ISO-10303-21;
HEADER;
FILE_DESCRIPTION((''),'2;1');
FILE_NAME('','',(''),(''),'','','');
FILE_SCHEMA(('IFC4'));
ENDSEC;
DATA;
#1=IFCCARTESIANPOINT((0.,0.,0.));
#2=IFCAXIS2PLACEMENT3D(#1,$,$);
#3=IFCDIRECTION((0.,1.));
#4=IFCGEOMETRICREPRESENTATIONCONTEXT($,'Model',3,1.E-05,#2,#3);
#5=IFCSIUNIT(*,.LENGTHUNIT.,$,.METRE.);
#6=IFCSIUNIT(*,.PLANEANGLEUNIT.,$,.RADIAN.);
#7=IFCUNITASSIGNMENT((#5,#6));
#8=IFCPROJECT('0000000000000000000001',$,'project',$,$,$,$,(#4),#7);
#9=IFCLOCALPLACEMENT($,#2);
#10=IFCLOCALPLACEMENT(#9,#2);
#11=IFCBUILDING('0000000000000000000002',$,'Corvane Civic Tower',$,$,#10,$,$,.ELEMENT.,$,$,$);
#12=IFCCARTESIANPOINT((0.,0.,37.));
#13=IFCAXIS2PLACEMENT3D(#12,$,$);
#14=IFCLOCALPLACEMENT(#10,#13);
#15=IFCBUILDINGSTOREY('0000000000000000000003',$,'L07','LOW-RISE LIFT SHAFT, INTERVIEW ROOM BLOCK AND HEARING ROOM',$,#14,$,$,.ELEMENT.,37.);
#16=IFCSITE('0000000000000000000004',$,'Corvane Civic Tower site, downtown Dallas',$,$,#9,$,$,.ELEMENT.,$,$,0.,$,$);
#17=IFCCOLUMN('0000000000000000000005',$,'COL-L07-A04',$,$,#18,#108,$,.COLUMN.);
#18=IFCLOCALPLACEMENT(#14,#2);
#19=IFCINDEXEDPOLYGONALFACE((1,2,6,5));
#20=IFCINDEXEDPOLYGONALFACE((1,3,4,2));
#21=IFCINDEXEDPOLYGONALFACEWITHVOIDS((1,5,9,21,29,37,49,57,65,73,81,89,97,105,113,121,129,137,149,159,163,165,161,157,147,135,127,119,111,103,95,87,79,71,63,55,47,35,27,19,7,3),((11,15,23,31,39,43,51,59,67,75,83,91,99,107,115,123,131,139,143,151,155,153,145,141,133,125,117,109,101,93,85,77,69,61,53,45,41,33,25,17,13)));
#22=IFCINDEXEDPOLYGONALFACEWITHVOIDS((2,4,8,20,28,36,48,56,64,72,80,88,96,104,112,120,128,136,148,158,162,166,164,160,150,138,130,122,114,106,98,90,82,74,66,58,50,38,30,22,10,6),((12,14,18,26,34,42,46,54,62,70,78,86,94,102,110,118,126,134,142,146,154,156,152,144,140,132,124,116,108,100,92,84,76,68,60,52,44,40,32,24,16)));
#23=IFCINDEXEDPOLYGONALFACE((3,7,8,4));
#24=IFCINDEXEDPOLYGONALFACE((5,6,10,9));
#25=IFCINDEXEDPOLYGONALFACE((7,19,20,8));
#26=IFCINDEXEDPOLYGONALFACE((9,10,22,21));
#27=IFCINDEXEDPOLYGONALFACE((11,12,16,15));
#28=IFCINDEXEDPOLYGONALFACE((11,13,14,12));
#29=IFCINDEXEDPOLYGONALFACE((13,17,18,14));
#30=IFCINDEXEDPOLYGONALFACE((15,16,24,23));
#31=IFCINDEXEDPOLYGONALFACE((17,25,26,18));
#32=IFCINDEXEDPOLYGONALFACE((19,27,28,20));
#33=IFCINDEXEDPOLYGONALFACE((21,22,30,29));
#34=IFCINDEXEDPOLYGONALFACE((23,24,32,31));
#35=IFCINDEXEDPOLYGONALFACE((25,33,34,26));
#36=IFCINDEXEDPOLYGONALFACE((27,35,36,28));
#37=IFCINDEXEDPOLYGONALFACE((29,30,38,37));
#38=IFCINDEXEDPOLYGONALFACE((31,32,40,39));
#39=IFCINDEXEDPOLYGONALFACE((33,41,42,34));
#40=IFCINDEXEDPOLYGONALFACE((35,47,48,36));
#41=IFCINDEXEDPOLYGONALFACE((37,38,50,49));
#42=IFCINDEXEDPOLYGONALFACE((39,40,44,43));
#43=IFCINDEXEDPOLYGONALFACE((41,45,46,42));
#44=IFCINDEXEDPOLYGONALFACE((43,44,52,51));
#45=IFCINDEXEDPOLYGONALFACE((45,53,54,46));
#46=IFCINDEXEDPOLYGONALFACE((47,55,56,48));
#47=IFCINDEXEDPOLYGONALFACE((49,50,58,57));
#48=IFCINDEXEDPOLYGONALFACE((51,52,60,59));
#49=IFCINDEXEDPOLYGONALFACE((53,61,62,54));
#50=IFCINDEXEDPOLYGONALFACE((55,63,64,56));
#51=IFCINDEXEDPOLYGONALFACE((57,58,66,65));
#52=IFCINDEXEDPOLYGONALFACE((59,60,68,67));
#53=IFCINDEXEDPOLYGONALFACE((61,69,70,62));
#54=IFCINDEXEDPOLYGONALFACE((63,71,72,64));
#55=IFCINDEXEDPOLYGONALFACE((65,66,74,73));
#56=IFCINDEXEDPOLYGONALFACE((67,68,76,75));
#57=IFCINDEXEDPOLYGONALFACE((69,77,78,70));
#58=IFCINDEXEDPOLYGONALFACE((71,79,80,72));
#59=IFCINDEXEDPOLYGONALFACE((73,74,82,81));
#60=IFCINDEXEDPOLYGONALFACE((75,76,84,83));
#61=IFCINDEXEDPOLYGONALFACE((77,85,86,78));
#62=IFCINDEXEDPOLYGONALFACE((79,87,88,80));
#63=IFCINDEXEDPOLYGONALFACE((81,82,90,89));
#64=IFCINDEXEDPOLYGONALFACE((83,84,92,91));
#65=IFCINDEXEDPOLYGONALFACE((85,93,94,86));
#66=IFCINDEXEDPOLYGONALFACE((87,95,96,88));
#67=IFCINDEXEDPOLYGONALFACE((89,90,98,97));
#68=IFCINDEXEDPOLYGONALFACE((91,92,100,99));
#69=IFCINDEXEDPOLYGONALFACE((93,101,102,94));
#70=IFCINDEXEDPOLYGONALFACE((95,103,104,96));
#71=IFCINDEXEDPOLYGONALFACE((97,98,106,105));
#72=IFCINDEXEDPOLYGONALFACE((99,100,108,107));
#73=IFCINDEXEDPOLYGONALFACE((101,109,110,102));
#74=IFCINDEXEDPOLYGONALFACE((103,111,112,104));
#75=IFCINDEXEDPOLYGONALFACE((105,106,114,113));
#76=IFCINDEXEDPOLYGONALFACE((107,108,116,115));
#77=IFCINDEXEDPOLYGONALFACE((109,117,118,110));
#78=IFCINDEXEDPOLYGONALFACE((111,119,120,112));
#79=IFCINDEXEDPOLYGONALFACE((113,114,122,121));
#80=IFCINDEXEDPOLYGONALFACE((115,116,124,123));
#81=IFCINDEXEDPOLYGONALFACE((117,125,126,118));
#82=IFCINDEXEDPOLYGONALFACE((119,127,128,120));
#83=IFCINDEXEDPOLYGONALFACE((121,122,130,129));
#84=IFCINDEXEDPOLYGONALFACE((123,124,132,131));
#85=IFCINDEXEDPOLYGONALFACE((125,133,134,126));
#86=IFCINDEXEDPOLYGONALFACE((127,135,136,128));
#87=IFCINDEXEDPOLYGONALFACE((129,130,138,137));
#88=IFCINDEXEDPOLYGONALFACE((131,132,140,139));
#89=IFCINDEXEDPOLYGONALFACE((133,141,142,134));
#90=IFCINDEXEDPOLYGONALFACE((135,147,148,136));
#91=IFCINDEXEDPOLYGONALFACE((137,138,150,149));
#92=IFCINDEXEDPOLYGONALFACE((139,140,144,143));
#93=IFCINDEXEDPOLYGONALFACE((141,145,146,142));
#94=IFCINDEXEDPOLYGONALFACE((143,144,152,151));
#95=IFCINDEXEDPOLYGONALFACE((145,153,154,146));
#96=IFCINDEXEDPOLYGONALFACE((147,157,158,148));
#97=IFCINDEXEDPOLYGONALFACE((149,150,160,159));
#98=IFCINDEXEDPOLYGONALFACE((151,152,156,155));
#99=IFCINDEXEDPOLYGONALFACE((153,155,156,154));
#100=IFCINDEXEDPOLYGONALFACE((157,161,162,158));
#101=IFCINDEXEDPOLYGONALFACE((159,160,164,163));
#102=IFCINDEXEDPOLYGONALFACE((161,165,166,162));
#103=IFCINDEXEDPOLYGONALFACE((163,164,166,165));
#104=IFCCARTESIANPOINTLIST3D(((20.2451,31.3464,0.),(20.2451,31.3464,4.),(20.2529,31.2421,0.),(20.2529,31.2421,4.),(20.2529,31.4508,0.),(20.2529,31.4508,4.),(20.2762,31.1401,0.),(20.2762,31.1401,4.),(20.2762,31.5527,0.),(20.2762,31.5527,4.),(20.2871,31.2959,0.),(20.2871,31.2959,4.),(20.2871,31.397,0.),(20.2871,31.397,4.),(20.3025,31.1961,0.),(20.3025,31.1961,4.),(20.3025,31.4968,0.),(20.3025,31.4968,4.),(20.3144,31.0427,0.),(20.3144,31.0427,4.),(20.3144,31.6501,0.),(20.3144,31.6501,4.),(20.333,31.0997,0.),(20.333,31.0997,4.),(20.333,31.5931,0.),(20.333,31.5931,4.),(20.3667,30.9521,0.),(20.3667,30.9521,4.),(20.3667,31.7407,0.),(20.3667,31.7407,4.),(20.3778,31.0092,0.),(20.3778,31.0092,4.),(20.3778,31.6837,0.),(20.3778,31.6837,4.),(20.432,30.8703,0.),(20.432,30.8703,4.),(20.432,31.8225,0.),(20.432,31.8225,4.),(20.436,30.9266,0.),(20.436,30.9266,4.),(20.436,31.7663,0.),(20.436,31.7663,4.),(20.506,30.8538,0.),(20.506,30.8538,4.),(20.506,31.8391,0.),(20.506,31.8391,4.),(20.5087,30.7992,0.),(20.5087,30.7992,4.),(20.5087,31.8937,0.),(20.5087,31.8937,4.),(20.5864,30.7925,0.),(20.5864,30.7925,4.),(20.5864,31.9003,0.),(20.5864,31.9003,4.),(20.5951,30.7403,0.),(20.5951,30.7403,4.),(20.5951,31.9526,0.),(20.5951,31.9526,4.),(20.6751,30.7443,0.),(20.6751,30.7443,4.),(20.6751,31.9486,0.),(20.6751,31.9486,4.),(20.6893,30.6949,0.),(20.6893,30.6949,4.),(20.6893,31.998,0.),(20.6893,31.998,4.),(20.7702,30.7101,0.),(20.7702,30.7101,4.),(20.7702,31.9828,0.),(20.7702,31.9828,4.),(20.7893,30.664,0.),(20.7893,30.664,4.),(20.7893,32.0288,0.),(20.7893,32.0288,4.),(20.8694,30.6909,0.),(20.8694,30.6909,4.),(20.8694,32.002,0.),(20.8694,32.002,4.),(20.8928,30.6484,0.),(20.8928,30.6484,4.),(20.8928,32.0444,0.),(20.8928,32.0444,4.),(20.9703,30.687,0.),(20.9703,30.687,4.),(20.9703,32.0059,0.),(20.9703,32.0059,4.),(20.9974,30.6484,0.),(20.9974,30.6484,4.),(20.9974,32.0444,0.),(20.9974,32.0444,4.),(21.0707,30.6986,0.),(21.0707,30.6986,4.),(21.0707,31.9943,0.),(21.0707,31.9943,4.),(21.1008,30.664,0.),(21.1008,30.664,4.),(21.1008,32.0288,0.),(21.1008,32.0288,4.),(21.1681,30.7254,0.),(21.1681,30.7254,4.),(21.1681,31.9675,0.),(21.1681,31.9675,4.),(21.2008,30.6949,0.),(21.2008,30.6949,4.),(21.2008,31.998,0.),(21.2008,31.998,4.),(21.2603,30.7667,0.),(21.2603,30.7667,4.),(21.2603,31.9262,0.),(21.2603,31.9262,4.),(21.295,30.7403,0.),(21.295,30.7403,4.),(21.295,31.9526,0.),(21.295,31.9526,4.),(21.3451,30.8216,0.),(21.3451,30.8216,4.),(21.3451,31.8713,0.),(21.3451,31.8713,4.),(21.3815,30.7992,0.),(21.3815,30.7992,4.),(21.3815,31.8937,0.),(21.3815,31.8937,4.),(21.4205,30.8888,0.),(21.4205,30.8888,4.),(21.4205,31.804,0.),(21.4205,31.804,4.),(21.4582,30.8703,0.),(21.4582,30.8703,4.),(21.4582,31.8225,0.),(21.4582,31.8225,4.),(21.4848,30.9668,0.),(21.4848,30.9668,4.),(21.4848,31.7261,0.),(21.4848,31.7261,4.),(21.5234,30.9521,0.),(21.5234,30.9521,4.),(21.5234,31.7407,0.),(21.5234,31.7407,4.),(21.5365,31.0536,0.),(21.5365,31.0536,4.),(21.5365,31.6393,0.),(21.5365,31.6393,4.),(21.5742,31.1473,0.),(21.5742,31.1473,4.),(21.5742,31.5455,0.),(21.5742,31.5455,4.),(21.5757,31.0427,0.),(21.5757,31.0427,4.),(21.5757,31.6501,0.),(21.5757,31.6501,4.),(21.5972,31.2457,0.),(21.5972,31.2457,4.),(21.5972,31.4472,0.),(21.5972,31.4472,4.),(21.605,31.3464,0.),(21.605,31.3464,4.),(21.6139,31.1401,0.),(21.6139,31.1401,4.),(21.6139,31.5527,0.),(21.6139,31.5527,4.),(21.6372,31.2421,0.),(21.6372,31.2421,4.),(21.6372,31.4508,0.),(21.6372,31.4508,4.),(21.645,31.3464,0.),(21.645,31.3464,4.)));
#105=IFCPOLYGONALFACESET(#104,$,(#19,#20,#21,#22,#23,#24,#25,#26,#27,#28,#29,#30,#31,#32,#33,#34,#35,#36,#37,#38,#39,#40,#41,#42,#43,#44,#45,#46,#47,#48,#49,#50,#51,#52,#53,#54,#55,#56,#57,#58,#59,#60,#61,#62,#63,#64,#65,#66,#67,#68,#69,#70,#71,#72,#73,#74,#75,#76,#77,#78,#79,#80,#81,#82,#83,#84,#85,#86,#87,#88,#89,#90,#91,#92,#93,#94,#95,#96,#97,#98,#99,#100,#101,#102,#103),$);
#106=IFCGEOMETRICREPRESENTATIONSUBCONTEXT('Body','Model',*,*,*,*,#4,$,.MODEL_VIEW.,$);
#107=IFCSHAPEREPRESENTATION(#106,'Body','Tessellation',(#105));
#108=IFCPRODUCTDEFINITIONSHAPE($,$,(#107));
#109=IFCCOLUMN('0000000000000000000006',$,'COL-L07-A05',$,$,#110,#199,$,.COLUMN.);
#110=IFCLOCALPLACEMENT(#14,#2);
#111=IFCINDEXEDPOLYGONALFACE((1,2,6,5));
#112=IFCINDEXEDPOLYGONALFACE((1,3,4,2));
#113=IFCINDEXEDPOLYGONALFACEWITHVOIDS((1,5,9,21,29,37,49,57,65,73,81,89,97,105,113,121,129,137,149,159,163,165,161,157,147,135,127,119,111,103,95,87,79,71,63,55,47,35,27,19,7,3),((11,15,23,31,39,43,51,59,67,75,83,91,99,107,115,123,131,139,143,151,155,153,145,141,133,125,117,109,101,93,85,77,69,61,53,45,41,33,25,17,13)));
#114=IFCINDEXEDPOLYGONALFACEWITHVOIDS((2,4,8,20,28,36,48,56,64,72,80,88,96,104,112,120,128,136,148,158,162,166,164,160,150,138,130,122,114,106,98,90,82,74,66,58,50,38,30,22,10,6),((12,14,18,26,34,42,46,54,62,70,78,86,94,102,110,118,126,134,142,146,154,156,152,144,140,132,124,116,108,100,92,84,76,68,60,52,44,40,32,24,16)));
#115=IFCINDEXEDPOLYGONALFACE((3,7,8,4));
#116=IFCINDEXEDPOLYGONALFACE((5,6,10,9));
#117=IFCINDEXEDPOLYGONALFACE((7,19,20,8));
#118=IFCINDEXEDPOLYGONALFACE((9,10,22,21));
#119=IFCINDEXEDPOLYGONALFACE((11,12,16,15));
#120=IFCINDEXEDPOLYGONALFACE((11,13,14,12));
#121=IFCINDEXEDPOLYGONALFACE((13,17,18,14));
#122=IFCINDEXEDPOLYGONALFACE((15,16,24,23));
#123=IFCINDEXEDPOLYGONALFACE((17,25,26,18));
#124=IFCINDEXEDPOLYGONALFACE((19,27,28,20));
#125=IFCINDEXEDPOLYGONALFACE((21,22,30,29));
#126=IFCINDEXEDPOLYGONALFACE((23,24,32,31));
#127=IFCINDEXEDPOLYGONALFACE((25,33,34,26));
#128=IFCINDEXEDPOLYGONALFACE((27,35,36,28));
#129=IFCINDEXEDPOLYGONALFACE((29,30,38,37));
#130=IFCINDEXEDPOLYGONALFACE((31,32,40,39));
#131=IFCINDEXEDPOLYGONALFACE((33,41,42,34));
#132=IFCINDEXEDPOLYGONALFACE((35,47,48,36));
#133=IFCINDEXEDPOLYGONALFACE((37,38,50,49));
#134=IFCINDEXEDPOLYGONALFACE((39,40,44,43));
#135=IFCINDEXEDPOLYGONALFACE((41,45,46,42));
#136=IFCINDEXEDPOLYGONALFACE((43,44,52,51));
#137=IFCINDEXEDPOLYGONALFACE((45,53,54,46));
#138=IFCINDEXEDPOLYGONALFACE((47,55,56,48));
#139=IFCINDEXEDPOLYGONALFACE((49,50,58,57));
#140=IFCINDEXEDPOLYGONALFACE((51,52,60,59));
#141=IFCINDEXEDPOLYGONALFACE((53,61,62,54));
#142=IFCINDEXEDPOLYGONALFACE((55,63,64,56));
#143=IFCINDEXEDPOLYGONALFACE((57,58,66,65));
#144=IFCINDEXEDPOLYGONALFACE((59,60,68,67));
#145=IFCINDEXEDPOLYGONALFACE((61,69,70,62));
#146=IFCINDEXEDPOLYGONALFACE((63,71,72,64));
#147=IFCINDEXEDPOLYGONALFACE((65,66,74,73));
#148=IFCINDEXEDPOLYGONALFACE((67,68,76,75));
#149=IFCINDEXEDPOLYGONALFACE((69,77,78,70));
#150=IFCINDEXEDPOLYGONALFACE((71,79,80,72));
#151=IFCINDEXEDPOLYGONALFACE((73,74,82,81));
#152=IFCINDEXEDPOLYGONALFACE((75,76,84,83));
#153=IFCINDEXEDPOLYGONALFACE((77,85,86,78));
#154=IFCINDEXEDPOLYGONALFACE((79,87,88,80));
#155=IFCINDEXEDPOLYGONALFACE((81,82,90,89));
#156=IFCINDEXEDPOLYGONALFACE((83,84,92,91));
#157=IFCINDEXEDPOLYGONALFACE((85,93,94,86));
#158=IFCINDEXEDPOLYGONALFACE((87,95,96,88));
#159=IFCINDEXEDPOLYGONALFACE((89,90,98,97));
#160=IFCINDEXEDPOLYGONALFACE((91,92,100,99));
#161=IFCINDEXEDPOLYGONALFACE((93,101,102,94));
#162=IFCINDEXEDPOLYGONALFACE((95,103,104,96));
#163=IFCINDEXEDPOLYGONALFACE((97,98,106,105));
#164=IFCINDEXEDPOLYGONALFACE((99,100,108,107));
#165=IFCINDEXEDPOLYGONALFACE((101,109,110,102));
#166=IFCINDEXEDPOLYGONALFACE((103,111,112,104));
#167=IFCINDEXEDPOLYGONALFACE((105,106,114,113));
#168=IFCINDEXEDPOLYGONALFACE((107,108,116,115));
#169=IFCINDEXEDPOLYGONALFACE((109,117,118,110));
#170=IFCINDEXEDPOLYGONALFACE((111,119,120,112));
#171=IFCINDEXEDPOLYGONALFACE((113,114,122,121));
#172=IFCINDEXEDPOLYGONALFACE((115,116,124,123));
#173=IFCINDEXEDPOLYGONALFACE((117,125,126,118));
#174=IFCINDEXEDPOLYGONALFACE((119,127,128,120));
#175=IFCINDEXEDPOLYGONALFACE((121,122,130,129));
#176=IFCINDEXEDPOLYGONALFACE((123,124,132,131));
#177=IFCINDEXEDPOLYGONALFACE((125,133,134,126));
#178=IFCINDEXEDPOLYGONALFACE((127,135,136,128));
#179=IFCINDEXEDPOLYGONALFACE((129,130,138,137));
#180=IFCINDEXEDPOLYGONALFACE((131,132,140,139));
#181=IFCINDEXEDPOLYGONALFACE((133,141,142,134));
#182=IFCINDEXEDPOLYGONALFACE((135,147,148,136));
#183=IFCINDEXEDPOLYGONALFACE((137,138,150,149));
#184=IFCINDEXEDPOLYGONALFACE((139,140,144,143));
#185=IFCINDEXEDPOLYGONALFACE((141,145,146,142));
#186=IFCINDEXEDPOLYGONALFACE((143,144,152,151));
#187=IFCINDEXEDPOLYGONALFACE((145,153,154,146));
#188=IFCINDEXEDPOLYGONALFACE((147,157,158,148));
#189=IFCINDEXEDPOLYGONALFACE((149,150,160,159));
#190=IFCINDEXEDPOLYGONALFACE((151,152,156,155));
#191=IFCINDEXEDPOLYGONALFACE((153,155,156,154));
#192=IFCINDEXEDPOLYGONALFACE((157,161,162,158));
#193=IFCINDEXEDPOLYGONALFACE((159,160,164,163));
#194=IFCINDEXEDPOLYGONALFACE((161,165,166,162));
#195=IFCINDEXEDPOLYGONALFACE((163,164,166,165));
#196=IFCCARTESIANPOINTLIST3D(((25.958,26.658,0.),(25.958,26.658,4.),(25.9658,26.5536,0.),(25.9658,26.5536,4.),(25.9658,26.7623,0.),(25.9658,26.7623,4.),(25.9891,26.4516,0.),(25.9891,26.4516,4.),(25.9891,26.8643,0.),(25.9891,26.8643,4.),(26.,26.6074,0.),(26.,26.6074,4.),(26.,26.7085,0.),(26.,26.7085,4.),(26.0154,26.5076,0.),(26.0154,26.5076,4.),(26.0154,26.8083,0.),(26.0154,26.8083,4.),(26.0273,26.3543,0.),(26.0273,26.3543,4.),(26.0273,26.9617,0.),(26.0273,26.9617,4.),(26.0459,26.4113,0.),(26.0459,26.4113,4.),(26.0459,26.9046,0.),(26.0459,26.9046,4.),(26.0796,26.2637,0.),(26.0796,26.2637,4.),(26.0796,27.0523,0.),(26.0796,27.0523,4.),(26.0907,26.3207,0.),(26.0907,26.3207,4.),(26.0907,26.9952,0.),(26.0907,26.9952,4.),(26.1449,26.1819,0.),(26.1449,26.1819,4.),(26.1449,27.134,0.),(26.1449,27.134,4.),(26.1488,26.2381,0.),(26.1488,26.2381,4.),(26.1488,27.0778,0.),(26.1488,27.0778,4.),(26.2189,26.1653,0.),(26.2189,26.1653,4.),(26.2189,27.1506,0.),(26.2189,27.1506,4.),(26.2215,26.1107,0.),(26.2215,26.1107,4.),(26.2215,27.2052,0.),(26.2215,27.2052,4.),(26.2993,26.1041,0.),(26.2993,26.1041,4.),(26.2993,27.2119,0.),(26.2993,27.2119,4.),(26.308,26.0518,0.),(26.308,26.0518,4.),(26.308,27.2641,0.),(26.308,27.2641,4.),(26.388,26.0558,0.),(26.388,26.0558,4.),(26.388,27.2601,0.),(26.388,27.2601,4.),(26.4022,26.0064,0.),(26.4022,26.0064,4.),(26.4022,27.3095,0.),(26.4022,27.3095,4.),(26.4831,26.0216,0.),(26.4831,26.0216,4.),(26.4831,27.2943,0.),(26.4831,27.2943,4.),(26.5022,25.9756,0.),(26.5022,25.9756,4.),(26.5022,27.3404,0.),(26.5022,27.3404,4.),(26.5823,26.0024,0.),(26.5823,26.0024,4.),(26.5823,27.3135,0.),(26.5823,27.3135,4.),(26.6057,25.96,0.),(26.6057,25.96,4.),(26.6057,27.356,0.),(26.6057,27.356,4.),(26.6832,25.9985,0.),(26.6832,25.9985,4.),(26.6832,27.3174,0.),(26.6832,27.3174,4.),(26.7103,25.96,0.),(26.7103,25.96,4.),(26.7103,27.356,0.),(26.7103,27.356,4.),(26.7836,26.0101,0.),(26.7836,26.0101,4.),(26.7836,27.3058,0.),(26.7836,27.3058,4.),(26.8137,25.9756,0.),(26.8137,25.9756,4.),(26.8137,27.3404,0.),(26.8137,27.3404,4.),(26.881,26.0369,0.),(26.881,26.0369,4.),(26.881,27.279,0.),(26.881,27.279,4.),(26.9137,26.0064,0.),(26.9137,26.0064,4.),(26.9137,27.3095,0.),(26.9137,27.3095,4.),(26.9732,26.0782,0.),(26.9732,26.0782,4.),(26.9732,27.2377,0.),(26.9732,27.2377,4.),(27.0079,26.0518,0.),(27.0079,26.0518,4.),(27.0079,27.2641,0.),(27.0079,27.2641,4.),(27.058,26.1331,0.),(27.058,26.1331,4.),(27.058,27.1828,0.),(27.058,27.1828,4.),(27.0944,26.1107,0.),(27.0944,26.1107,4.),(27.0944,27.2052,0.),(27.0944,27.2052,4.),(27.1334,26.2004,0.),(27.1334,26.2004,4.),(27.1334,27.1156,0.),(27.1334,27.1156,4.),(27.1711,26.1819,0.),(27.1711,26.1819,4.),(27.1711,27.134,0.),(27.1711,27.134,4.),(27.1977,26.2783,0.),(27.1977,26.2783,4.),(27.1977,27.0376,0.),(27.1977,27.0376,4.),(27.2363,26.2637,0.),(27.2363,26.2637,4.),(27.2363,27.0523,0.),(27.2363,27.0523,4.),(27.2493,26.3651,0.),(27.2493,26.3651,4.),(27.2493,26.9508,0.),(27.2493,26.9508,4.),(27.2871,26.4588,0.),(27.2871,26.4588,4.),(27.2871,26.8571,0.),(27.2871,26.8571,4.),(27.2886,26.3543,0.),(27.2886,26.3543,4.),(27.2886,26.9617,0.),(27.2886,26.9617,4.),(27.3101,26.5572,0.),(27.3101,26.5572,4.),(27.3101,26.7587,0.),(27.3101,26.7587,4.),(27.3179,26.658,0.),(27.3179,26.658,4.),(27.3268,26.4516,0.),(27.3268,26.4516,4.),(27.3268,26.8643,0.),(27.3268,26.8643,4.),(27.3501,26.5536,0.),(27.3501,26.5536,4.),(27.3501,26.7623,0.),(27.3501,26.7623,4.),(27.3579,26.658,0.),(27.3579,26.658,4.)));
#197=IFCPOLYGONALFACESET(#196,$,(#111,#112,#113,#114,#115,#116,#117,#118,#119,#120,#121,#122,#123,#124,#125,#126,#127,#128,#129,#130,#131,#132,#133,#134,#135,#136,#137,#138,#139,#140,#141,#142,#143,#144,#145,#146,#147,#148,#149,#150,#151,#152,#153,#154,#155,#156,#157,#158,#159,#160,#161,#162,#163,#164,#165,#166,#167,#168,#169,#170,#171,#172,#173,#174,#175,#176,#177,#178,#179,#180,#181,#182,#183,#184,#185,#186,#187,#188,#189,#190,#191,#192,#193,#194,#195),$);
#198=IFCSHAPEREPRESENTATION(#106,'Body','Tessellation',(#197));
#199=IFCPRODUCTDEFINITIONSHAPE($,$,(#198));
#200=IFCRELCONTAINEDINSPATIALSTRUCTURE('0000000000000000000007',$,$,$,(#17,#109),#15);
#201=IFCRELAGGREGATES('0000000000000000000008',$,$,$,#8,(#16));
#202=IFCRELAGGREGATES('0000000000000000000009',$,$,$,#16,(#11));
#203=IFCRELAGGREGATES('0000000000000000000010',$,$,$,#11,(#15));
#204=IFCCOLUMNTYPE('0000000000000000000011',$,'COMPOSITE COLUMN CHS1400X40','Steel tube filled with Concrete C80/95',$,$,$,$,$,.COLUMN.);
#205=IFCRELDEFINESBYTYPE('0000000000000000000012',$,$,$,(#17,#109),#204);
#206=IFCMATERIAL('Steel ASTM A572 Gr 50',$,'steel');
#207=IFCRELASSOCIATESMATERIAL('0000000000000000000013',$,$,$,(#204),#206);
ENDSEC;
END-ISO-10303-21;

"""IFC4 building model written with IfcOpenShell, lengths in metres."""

from ifc_helpers import new_model, si_unit, direction, frame, origin, origin_2d, place, context, subcontext, project, spatial, hollow_circle, extrude, material, material_profile, profile_set, type_object, element, save


model = new_model("IFC4")

# Units and contexts
model_context = context("Model", 3, precision=1e-05, world=origin(), true_north=direction((0.0, 1.0)))
body_context = subcontext(model_context, "Body", "Model", "MODEL_VIEW")
ifc_project = project(units=[si_unit("LENGTHUNIT", "METRE"), si_unit("PLANEANGLEUNIT", "RADIAN")], contexts=[model_context])

# Site, building, storey
site_placement = place(None, origin())
site = spatial("IfcSite", under=ifc_project, at=site_placement, Name="Corvane Civic Tower site, downtown Dallas", CompositionType="ELEMENT", RefElevation=0.0)
building_placement = place(site_placement, origin())
building = spatial("IfcBuilding", under=site, at=building_placement, Name="Corvane Civic Tower", CompositionType="ELEMENT")
storey_placement = place(building_placement, frame((0.0, 0.0, 37.0)))
storey = spatial("IfcBuildingStorey", under=building, at=storey_placement, Name="L07", Description="LOW-RISE LIFT SHAFT, INTERVIEW ROOM BLOCK AND HEARING ROOM", CompositionType="ELEMENT", Elevation=37.0)

# Columns
ifc_material_1 = material(Name="Steel ASTM A572 Gr 50", Category="steel")
ifc_material_profile_1 = material_profile(ifc_material_1, hollow_circle(Radius=0.7, WallThickness=0.04, at=origin_2d()), Name="CHS1400X40")
ifc_profile_set_1 = profile_set([ifc_material_profile_1], Name="Steel ASTM A572 Gr 50")
column_type = type_object("IfcColumnType", Name="COMPOSITE COLUMN CHS1400X40", Description="Steel tube filled with Concrete C80/95", PredefinedType="COLUMN", material=ifc_profile_set_1)
for number, where, z_axis, x_axis, name in (
    (1, (20.9451, 31.3464, 0.0), (0.0, 0.0, 1.0), (1.0, 0.0, 0.0), "COL-L07-A04"),
    (2, (26.658, 26.658, 0.0), (0.0, 0.0, 1.0), (1.0, 0.0, 0.0), "COL-L07-A05"),
):
    element("IfcColumn", number, at=place(storey_placement, frame(where, z_axis=z_axis, x_axis=x_axis)), inside=storey, type_object=column_type, Name=name, PredefinedType="COLUMN", context=body_context, shape_type="SweptSolid", body=[
        extrude(hollow_circle(Radius=0.7, WallThickness=0.04, at=origin_2d()), origin(), (0.0, 0.0, 1.0), 4.0),
    ])

save(model, "model.ifc")
